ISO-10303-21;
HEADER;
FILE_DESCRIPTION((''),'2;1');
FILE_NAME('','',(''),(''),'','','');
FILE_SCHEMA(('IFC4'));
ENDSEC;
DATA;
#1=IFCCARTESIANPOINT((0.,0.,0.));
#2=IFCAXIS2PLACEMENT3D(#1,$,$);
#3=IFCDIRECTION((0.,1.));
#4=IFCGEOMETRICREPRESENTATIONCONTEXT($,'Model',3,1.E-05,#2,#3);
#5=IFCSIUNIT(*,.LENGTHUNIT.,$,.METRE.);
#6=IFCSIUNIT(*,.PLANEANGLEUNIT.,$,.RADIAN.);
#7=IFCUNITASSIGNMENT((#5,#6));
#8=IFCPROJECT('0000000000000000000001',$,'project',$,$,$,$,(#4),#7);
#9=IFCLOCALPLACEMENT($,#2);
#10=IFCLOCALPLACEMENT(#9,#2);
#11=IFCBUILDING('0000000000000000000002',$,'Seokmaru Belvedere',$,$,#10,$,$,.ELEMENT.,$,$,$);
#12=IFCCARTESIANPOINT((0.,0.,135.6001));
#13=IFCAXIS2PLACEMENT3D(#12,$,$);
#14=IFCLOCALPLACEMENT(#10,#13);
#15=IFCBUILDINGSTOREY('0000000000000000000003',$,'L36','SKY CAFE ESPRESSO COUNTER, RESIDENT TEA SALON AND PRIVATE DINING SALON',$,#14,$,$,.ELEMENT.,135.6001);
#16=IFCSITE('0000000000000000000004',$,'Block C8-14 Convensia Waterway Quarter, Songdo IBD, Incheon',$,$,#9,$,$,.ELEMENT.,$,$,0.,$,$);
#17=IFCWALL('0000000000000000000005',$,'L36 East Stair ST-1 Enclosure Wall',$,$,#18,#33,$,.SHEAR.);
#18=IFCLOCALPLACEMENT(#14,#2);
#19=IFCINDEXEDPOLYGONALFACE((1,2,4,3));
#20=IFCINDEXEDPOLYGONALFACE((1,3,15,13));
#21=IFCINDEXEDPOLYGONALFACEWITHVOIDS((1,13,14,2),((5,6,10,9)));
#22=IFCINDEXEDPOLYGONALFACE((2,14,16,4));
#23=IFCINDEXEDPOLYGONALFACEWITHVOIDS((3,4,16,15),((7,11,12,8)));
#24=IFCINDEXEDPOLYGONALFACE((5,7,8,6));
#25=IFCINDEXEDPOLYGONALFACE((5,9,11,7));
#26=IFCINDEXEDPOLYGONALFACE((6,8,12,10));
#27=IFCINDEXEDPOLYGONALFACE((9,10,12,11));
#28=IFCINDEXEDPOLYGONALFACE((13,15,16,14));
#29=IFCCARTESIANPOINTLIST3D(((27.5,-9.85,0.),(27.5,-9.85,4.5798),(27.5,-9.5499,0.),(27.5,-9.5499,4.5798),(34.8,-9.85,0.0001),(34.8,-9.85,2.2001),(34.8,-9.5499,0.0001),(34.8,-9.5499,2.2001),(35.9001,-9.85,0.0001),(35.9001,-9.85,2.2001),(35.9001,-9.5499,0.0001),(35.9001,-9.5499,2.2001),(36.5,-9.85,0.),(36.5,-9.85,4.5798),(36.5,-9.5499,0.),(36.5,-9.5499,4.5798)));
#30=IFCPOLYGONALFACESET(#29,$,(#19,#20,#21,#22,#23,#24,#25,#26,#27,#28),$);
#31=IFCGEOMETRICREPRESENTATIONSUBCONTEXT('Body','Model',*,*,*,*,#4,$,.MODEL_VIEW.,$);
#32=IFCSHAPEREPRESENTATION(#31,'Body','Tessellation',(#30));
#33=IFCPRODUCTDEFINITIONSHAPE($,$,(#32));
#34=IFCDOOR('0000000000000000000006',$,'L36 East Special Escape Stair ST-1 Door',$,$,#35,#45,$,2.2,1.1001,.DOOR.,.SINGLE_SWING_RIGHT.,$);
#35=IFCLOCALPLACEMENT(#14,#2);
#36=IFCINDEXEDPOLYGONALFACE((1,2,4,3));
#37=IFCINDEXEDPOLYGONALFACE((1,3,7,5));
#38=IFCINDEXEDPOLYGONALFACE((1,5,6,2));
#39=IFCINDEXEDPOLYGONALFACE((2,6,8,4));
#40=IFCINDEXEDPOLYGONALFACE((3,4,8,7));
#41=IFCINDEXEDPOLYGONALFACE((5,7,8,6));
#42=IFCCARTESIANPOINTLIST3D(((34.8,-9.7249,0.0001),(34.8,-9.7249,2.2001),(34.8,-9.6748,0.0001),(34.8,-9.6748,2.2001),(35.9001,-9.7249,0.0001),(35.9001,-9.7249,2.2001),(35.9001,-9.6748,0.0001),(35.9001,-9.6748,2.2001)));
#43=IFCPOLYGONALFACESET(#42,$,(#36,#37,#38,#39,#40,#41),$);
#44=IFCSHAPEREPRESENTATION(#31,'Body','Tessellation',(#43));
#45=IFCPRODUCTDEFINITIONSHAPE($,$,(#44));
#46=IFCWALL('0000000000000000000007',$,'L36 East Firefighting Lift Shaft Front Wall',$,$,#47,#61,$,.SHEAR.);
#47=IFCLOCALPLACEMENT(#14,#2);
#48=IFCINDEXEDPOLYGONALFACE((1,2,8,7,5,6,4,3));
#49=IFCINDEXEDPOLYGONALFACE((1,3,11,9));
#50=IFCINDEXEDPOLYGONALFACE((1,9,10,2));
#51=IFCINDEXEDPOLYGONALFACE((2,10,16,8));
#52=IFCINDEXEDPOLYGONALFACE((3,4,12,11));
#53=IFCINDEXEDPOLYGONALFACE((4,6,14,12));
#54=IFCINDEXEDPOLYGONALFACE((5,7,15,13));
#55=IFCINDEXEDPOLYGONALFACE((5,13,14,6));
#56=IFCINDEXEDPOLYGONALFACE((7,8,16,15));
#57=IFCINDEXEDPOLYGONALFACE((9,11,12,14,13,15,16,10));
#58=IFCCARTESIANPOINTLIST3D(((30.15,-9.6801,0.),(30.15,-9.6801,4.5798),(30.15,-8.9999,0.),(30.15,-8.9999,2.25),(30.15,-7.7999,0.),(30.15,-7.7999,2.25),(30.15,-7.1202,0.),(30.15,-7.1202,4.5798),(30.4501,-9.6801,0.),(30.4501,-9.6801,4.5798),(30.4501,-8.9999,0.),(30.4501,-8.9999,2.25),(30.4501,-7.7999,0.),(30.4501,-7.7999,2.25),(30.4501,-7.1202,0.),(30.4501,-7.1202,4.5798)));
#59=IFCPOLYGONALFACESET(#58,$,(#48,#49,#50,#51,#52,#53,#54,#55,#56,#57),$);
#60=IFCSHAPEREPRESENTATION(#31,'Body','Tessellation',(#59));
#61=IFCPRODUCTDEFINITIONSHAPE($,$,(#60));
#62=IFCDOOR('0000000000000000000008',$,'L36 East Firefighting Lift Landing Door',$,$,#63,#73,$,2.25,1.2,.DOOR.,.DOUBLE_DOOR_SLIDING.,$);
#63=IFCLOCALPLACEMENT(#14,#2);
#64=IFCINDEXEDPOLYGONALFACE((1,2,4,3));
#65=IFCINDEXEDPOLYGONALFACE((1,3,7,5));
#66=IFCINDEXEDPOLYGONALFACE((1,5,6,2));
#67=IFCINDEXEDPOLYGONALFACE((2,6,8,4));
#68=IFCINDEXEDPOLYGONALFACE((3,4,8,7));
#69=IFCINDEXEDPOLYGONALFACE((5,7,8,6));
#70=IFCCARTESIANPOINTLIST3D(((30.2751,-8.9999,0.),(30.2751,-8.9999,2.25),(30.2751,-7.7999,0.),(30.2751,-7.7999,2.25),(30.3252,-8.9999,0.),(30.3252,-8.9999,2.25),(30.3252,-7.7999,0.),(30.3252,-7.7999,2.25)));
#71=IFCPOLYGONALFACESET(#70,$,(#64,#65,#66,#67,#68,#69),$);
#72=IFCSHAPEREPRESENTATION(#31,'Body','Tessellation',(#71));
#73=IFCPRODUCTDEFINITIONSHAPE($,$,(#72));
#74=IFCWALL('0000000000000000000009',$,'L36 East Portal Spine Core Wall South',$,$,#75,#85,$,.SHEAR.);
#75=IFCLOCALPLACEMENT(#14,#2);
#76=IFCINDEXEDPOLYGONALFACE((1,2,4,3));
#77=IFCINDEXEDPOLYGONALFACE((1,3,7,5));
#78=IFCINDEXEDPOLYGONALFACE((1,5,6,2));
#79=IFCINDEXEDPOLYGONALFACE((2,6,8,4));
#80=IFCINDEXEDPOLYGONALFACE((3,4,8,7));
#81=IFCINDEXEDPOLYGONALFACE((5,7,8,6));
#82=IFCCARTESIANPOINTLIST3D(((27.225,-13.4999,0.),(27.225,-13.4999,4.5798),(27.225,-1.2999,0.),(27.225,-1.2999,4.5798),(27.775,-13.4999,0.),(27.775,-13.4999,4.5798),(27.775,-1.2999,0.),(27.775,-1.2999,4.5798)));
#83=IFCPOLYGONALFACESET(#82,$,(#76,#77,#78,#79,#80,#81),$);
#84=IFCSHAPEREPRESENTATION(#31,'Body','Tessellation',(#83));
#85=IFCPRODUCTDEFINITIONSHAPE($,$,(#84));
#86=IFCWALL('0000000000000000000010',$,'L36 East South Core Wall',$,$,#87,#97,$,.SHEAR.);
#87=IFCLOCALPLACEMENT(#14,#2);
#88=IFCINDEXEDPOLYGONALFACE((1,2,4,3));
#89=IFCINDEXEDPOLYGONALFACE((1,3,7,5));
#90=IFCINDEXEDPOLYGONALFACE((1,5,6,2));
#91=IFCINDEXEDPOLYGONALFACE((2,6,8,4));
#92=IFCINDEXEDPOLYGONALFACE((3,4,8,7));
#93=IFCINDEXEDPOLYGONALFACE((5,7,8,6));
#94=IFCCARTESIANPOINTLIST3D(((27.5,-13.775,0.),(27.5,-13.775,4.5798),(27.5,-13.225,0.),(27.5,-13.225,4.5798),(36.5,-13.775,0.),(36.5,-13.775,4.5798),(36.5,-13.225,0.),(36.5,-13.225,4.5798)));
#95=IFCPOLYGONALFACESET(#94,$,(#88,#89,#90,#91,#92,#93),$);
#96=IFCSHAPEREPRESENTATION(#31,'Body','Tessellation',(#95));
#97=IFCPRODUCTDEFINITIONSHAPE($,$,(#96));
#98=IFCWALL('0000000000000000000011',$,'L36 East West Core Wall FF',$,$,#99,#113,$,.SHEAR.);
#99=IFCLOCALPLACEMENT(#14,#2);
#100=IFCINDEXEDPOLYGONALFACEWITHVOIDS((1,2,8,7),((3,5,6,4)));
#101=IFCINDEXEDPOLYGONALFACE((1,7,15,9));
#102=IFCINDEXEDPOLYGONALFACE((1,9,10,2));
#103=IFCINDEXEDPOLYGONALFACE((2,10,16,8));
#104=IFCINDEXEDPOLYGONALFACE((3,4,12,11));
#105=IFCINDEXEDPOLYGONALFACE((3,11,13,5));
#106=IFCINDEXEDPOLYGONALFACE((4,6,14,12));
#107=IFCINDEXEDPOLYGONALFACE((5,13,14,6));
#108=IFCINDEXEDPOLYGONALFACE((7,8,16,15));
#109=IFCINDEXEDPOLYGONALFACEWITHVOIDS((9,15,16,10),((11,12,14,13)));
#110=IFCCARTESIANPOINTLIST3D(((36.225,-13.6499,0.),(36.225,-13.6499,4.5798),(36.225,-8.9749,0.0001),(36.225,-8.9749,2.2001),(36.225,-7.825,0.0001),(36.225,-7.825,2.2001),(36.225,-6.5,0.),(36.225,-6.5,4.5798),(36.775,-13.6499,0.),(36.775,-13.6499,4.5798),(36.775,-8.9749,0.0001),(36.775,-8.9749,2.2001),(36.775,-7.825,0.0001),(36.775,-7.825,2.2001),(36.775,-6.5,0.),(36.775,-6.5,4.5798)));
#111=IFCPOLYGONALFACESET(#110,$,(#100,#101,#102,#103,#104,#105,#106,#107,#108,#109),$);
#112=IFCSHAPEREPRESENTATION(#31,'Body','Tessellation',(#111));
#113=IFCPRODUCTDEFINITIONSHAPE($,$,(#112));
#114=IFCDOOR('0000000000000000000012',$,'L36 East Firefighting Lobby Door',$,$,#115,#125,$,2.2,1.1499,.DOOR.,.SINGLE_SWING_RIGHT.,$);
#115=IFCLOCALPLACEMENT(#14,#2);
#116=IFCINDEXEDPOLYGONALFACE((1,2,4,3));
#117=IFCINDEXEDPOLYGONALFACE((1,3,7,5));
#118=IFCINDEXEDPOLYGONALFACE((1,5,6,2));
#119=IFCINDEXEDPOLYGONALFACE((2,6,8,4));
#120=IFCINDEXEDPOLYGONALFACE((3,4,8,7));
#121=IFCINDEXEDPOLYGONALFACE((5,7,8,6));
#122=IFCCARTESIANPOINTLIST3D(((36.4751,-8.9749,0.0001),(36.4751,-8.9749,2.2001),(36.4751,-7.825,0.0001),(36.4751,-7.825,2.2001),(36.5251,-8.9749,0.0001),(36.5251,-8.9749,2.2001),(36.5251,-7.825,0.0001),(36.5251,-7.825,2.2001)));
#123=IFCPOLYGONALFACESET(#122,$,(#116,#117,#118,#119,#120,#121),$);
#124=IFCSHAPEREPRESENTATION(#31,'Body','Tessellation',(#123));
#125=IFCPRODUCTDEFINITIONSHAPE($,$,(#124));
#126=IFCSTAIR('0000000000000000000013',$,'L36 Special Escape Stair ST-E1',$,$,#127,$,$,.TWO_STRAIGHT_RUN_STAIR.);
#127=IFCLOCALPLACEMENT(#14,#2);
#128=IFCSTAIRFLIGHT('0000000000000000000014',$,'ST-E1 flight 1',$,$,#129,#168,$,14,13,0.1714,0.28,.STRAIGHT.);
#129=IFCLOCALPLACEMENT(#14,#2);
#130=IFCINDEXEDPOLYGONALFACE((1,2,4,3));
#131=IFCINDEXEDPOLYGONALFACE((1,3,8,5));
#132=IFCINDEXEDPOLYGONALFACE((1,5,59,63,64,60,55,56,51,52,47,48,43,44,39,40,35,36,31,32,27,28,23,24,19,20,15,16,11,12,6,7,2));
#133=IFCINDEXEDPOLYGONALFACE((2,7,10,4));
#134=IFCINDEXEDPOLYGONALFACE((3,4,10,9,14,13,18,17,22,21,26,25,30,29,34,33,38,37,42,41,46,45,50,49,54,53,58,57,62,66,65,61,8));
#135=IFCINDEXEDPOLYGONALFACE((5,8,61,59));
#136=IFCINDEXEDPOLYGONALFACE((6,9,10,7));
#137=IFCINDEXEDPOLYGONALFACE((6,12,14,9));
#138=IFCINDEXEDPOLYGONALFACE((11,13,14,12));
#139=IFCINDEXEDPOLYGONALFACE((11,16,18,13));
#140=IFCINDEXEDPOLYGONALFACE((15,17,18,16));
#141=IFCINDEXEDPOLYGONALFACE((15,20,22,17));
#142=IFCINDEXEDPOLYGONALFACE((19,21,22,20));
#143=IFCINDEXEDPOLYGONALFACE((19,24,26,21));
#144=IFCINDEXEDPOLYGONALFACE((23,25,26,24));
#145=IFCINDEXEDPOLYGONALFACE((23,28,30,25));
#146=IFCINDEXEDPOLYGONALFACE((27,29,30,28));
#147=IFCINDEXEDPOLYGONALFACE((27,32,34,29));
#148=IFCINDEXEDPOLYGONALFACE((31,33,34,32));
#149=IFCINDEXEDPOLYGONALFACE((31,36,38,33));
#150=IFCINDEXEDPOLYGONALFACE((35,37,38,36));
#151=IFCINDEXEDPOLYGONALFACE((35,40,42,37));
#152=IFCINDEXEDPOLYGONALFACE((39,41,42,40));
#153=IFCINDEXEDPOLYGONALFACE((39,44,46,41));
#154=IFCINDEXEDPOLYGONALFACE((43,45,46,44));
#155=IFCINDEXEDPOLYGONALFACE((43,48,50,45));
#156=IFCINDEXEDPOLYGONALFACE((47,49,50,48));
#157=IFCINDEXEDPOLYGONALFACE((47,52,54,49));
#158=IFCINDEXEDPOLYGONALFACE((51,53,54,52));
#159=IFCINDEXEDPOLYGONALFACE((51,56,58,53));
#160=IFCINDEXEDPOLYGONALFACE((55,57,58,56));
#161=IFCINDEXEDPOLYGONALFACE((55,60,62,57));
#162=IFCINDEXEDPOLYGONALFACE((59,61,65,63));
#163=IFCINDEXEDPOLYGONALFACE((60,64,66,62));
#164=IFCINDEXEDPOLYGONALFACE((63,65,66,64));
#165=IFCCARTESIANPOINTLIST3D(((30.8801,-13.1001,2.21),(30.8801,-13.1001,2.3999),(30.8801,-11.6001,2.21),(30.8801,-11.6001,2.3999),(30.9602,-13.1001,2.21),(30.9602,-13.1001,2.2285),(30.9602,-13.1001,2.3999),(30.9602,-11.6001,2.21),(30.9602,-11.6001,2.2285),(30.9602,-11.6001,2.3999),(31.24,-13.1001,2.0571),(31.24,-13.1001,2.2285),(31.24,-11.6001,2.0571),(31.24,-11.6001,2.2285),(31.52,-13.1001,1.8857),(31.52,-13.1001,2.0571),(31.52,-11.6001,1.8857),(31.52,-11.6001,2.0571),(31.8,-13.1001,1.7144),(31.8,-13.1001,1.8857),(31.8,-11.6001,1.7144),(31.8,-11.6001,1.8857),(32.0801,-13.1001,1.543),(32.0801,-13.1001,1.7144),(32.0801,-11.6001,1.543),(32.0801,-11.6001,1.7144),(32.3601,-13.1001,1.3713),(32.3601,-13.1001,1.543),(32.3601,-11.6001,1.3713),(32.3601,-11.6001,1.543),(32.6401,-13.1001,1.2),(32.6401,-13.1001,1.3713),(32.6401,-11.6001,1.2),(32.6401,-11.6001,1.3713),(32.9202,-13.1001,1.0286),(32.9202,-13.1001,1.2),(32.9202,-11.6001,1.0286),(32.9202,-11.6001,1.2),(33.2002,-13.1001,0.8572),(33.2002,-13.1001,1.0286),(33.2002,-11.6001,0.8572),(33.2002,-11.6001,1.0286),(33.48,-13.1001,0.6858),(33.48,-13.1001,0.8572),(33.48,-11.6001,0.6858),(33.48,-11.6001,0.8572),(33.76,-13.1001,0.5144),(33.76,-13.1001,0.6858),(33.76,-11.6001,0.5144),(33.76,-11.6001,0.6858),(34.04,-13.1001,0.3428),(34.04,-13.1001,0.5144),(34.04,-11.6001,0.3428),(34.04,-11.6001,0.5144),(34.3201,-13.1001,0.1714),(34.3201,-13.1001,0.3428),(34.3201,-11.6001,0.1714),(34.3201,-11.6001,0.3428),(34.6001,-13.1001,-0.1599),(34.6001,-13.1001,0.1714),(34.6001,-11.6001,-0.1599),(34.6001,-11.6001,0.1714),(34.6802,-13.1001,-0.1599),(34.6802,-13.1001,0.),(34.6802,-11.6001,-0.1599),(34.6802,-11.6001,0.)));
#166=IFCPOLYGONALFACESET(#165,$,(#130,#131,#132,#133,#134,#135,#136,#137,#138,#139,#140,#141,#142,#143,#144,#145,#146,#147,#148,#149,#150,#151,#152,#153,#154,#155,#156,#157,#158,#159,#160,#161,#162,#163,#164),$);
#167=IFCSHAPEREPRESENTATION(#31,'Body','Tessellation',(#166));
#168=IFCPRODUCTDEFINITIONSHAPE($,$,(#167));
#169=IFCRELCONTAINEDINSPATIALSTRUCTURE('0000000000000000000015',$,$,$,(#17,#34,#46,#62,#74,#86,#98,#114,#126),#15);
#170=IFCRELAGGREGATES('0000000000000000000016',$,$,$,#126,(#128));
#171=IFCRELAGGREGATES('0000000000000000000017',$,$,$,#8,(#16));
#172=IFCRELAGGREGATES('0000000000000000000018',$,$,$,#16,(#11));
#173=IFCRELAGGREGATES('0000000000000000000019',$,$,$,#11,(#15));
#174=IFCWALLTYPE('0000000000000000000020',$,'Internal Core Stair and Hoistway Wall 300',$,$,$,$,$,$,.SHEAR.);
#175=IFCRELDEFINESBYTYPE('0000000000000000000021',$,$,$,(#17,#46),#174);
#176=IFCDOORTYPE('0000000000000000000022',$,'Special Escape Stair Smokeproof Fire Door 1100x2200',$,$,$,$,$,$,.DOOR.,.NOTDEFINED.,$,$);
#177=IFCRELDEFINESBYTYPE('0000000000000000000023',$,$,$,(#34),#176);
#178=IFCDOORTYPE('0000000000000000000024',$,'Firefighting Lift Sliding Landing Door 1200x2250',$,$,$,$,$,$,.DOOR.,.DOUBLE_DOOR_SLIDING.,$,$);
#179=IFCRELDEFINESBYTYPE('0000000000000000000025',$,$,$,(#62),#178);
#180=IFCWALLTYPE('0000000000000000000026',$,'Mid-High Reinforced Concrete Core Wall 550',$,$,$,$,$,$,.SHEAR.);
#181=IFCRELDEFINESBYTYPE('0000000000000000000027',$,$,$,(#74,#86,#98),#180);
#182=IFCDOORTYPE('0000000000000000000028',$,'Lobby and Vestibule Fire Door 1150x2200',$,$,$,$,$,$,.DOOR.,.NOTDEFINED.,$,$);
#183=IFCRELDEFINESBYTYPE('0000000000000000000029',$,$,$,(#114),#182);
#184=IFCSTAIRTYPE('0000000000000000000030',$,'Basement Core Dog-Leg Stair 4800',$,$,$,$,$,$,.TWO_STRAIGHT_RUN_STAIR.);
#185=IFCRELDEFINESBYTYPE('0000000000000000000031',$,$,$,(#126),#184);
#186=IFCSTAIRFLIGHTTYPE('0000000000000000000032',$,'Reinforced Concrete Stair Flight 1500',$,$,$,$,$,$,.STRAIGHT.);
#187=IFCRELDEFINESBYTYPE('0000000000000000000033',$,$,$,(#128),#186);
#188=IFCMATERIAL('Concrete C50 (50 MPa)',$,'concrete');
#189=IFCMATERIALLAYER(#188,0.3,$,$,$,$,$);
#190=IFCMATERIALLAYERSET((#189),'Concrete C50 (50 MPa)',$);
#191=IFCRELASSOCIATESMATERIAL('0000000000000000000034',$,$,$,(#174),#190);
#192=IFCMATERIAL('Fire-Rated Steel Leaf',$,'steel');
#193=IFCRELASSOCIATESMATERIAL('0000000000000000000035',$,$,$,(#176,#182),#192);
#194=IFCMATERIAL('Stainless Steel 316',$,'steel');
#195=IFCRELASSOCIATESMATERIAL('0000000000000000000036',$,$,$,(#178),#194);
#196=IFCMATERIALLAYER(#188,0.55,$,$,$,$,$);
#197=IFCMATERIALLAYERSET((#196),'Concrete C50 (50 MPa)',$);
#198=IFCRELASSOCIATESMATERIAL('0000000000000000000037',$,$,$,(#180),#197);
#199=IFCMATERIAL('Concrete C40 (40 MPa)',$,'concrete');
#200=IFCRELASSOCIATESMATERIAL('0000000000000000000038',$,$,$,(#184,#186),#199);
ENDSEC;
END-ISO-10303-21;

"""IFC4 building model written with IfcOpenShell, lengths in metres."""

from ifc_helpers import new_model, si_unit, direction, frame, frame_2d, origin, place, context, subcontext, project, spatial, polyline, rectangle, outline, extrude, source, transform, mapped, material, layer, layer_set, type_object, type_shapes, element, fill, aggregate, save


model = new_model("IFC4")

# Units and contexts
model_context = context("Model", 3, precision=1e-05, world=origin(), true_north=direction((0.0, 1.0)))
body_context = subcontext(model_context, "Body", "Model", "MODEL_VIEW")
ifc_project = project(units=[si_unit("LENGTHUNIT", "METRE"), si_unit("PLANEANGLEUNIT", "RADIAN")], contexts=[model_context])

# Site, building, storey
site_placement = place(None, origin())
site = spatial("IfcSite", under=ifc_project, at=site_placement, Name="Block C8-14 Convensia Waterway Quarter, Songdo IBD, Incheon", CompositionType="ELEMENT", RefElevation=0.0)
building_placement = place(site_placement, origin())
building = spatial("IfcBuilding", under=site, at=building_placement, Name="Seokmaru Belvedere", CompositionType="ELEMENT")
storey_placement = place(building_placement, frame((0.0, 0.0, 135.6001)))
storey = spatial("IfcBuildingStorey", under=building, at=storey_placement, Name="L36", Description="SKY CAFE ESPRESSO COUNTER, RESIDENT TEA SALON AND PRIVATE DINING SALON", CompositionType="ELEMENT", Elevation=135.6001)

# Walls, openings, doors
ifc_material_1 = material(Name="Concrete C50 (50 MPa)", Category="concrete")
ifc_layer_1 = layer(ifc_material_1, 0.3)
ifc_layer_set_1 = layer_set([ifc_layer_1], Name="Concrete C50 (50 MPa)")
wall_type_1 = type_object("IfcWallType", Name="Internal Core Stair and Hoistway Wall 300", PredefinedType="SHEAR", material=ifc_layer_set_1)
wall_1_placement = place(storey_placement, frame((27.5, -9.7, 0.0), z_axis=(0.0, 0.0, 1.0), x_axis=(1.0, 0.0, 0.0)))
wall_1 = element("IfcWall", 1, at=wall_1_placement, inside=storey, type_object=wall_type_1, Name="L36 East Stair ST-1 Enclosure Wall", PredefinedType="SHEAR", context=body_context, shape_type="SweptSolid", body=[
    extrude(rectangle(XDim=9.0, YDim=0.3, at=frame_2d((4.5, 0.0))), origin(), (0.0, 0.0, 1.0), 4.5798),
])
opening_1_placement = place(wall_1_placement, frame((7.3, 0.0, 0.0)))
opening_1 = element("IfcOpeningElement", 2, at=opening_1_placement, cuts=wall_1, PredefinedType="OPENING", context=body_context, shape_type="SweptSolid", body=[
    extrude(rectangle(XDim=1.1001, YDim=2.2, at=frame_2d((0.55, 1.1001))), frame((0.0, 0.1602, 0.0), z_axis=(0.0, -1.0, 0.0), x_axis=(1.0, 0.0, 0.0)), (0.0, 0.0, 1.0), 0.3201),
])
ifc_material_2 = material(Name="Fire-Rated Steel Leaf", Category="steel")
door_type_1 = type_object("IfcDoorType", Name="Special Escape Stair Smokeproof Fire Door 1100x2200", OperationType="NOTDEFINED", PredefinedType="DOOR", material=ifc_material_2)
shared_shape_1 = source(origin(), body_context, "Body", "SweptSolid", [
    extrude(rectangle(XDim=1.1001, YDim=2.2, at=frame_2d((0.55, 1.1001))), frame((0.0, 0.0249, 0.0), z_axis=(0.0, -1.0, 0.0), x_axis=(1.0, 0.0, 0.0)), (0.0, 0.0, 1.0), 0.05),
])
type_shapes(door_type_1, [shared_shape_1])
door_1_placement = place(opening_1_placement, frame((1.1001, 0.0, 0.0), z_axis=(0.0, 0.0, 1.0), x_axis=(-1.0, 0.0, 0.0)))
door_1 = element("IfcDoor", 3, at=door_1_placement, inside=storey, type_object=door_type_1, Name="L36 East Special Escape Stair ST-1 Door", OperationType="SINGLE_SWING_RIGHT", OverallHeight=2.2, OverallWidth=1.1001, PredefinedType="DOOR", context=body_context, shape_type="MappedRepresentation", body=[
    mapped(shared_shape_1, transform((0.0, 0.0, 0.0), scale=1.0)),
])
fill(opening_1, door_1)
wall_2_placement = place(storey_placement, frame((30.3, -9.6799, 0.0), z_axis=(0.0, 0.0, 1.0), x_axis=(0.0, 1.0, 0.0)))
wall_2 = element("IfcWall", 4, at=wall_2_placement, inside=storey, type_object=wall_type_1, Name="L36 East Firefighting Lift Shaft Front Wall", PredefinedType="SHEAR", context=body_context, shape_type="SweptSolid", body=[
    extrude(rectangle(XDim=2.5598, YDim=0.3, at=frame_2d((1.2798, 0.0))), origin(), (0.0, 0.0, 1.0), 4.5798),
])
opening_2_placement = place(wall_2_placement, frame((0.6799, 0.0, 0.0)))
opening_2 = element("IfcOpeningElement", 5, at=opening_2_placement, cuts=wall_2, PredefinedType="OPENING", context=body_context, shape_type="SweptSolid", body=[
    extrude(rectangle(XDim=1.2, YDim=2.25, at=frame_2d((0.6001, 1.125))), frame((0.0, 0.1602, 0.0), z_axis=(0.0, -1.0, 0.0), x_axis=(1.0, 0.0, 0.0)), (0.0, 0.0, 1.0), 0.3201),
])
ifc_material_3 = material(Name="Stainless Steel 316", Category="steel")
door_type_2 = type_object("IfcDoorType", Name="Firefighting Lift Sliding Landing Door 1200x2250", OperationType="DOUBLE_DOOR_SLIDING", PredefinedType="DOOR", material=ifc_material_3)
shared_shape_2 = source(origin(), body_context, "Body", "SweptSolid", [
    extrude(rectangle(XDim=1.2, YDim=2.25, at=frame_2d((0.6001, 1.125))), frame((0.0, 0.0249, 0.0), z_axis=(0.0, -1.0, 0.0), x_axis=(1.0, 0.0, 0.0)), (0.0, 0.0, 1.0), 0.05),
])
type_shapes(door_type_2, [shared_shape_2])
door_2_placement = place(opening_2_placement, origin())
door_2 = element("IfcDoor", 6, at=door_2_placement, inside=storey, type_object=door_type_2, Name="L36 East Firefighting Lift Landing Door", OperationType="DOUBLE_DOOR_SLIDING", OverallHeight=2.25, OverallWidth=1.2, PredefinedType="DOOR", context=body_context, shape_type="MappedRepresentation", body=[
    mapped(shared_shape_2, transform((0.0, 0.0, 0.0), scale=1.0)),
])
fill(opening_2, door_2)

# Walls
ifc_layer_2 = layer(ifc_material_1, 0.55)
ifc_layer_set_2 = layer_set([ifc_layer_2], Name="Concrete C50 (50 MPa)")
wall_type_2 = type_object("IfcWallType", Name="Mid-High Reinforced Concrete Core Wall 550", PredefinedType="SHEAR", material=ifc_layer_set_2)
wall_3_placement = place(storey_placement, frame((27.5, -13.5, 0.0), z_axis=(0.0, 0.0, 1.0), x_axis=(0.0, 1.0, 0.0)))
element("IfcWall", 7, at=wall_3_placement, inside=storey, type_object=wall_type_2, Name="L36 East Portal Spine Core Wall South", PredefinedType="SHEAR", context=body_context, shape_type="SweptSolid", body=[
    extrude(rectangle(XDim=12.2, YDim=0.55, at=frame_2d((6.1001, 0.0))), origin(), (0.0, 0.0, 1.0), 4.5798),
])
wall_4_placement = place(storey_placement, frame((27.5, -13.5, 0.0), z_axis=(0.0, 0.0, 1.0), x_axis=(1.0, 0.0, 0.0)))
element("IfcWall", 8, at=wall_4_placement, inside=storey, type_object=wall_type_2, Name="L36 East South Core Wall", PredefinedType="SHEAR", context=body_context, shape_type="SweptSolid", body=[
    extrude(rectangle(XDim=9.0, YDim=0.55, at=frame_2d((4.5, 0.0))), origin(), (0.0, 0.0, 1.0), 4.5798),
])

# Wall, opening, door
wall_5_placement = place(storey_placement, frame((36.5, -13.6499, 0.0), z_axis=(0.0, 0.0, 1.0), x_axis=(0.0, 1.0, 0.0)))
wall_5 = element("IfcWall", 9, at=wall_5_placement, inside=storey, type_object=wall_type_2, Name="L36 East West Core Wall FF", PredefinedType="SHEAR", context=body_context, shape_type="SweptSolid", body=[
    extrude(rectangle(XDim=7.1499, YDim=0.55, at=frame_2d((3.575, 0.0))), origin(), (0.0, 0.0, 1.0), 4.5798),
])
opening_3_placement = place(wall_5_placement, frame((4.675, 0.0, 0.0)))
opening_3 = element("IfcOpeningElement", 10, at=opening_3_placement, cuts=wall_5, PredefinedType="OPENING", context=body_context, shape_type="SweptSolid", body=[
    extrude(rectangle(XDim=1.1499, YDim=2.2, at=frame_2d((0.575, 1.1001))), frame((0.0, 0.2852, 0.0), z_axis=(0.0, -1.0, 0.0), x_axis=(1.0, 0.0, 0.0)), (0.0, 0.0, 1.0), 0.5701),
])
door_type_3 = type_object("IfcDoorType", Name="Lobby and Vestibule Fire Door 1150x2200", OperationType="NOTDEFINED", PredefinedType="DOOR", material=ifc_material_2)
shared_shape_3 = source(origin(), body_context, "Body", "SweptSolid", [
    extrude(rectangle(XDim=1.1499, YDim=2.2, at=frame_2d((0.575, 1.1001))), frame((0.0, 0.0249, 0.0), z_axis=(0.0, -1.0, 0.0), x_axis=(1.0, 0.0, 0.0)), (0.0, 0.0, 1.0), 0.05),
])
type_shapes(door_type_3, [shared_shape_3])
door_3_placement = place(opening_3_placement, origin())
door_3 = element("IfcDoor", 11, at=door_3_placement, inside=storey, type_object=door_type_3, Name="L36 East Firefighting Lobby Door", OperationType="SINGLE_SWING_RIGHT", OverallHeight=2.2, OverallWidth=1.1499, PredefinedType="DOOR", context=body_context, shape_type="MappedRepresentation", body=[
    mapped(shared_shape_3, transform((0.0, 0.0, 0.0), scale=1.0)),
])
fill(opening_3, door_3)

# Stair, stair flight
ifc_material_4 = material(Name="Concrete C40 (40 MPa)", Category="concrete")
stair_type = type_object("IfcStairType", Name="Basement Core Dog-Leg Stair 4800", PredefinedType="TWO_STRAIGHT_RUN_STAIR", material=ifc_material_4)
stair_placement = place(storey_placement, origin())
stair = element("IfcStair", 12, at=stair_placement, inside=storey, type_object=stair_type, Name="L36 Special Escape Stair ST-E1", PredefinedType="TWO_STRAIGHT_RUN_STAIR")
stair_flight_type = type_object("IfcStairFlightType", Name="Reinforced Concrete Stair Flight 1500", PredefinedType="STRAIGHT", material=ifc_material_4)
stair_flight_1_placement = place(storey_placement, frame((34.6001, -12.3501, 0.0), z_axis=(0.0, 0.0, 1.0), x_axis=(-1.0, 0.0, 0.0)))
stair_flight_1 = element("IfcStairFlight", 13, at=stair_flight_1_placement, type_object=stair_flight_type, Name="ST-E1 flight 1", NumberOfRisers=14, NumberOfTreads=13, PredefinedType="STRAIGHT", RiserHeight=0.1714, TreadLength=0.28, context=body_context, shape_type="SweptSolid", body=[
    extrude(outline(polyline([(-0.0801, 0.0), (0.0, 0.1714), (0.28, 0.1714), (0.28, 0.3428), (0.5601, 0.3428), (0.5601, 0.5144), (0.8401, 0.5144), (0.8401, 0.6858), (1.1201, 0.6858), (1.1201, 0.8572), (1.3999, 0.8572), (1.3999, 1.0286), (1.6799, 1.0286), (1.6799, 1.2), (1.96, 1.2), (1.96, 1.3713), (2.24, 1.3713), (2.24, 1.543), (2.52, 1.543), (2.52, 1.7144), (2.8, 1.7144), (2.8, 1.8857), (3.0801, 1.8857), (3.0801, 2.0571), (3.3601, 2.0571), (3.3601, 2.2285), (3.6399, 2.2285), (3.6399, 2.3999), (3.72, 2.3999), (3.72, 2.21), (3.6399, 2.21), (0.0, -0.1599), (-0.0801, -0.1599), (-0.0801, 0.0)])), frame((0.0, 0.75, 0.0), z_axis=(0.0, -1.0, 0.0), x_axis=(1.0, 0.0, 0.0)), (0.0, 0.0, 1.0), 1.5),
])
aggregate(stair, [stair_flight_1])

save(model, "model.ifc")
